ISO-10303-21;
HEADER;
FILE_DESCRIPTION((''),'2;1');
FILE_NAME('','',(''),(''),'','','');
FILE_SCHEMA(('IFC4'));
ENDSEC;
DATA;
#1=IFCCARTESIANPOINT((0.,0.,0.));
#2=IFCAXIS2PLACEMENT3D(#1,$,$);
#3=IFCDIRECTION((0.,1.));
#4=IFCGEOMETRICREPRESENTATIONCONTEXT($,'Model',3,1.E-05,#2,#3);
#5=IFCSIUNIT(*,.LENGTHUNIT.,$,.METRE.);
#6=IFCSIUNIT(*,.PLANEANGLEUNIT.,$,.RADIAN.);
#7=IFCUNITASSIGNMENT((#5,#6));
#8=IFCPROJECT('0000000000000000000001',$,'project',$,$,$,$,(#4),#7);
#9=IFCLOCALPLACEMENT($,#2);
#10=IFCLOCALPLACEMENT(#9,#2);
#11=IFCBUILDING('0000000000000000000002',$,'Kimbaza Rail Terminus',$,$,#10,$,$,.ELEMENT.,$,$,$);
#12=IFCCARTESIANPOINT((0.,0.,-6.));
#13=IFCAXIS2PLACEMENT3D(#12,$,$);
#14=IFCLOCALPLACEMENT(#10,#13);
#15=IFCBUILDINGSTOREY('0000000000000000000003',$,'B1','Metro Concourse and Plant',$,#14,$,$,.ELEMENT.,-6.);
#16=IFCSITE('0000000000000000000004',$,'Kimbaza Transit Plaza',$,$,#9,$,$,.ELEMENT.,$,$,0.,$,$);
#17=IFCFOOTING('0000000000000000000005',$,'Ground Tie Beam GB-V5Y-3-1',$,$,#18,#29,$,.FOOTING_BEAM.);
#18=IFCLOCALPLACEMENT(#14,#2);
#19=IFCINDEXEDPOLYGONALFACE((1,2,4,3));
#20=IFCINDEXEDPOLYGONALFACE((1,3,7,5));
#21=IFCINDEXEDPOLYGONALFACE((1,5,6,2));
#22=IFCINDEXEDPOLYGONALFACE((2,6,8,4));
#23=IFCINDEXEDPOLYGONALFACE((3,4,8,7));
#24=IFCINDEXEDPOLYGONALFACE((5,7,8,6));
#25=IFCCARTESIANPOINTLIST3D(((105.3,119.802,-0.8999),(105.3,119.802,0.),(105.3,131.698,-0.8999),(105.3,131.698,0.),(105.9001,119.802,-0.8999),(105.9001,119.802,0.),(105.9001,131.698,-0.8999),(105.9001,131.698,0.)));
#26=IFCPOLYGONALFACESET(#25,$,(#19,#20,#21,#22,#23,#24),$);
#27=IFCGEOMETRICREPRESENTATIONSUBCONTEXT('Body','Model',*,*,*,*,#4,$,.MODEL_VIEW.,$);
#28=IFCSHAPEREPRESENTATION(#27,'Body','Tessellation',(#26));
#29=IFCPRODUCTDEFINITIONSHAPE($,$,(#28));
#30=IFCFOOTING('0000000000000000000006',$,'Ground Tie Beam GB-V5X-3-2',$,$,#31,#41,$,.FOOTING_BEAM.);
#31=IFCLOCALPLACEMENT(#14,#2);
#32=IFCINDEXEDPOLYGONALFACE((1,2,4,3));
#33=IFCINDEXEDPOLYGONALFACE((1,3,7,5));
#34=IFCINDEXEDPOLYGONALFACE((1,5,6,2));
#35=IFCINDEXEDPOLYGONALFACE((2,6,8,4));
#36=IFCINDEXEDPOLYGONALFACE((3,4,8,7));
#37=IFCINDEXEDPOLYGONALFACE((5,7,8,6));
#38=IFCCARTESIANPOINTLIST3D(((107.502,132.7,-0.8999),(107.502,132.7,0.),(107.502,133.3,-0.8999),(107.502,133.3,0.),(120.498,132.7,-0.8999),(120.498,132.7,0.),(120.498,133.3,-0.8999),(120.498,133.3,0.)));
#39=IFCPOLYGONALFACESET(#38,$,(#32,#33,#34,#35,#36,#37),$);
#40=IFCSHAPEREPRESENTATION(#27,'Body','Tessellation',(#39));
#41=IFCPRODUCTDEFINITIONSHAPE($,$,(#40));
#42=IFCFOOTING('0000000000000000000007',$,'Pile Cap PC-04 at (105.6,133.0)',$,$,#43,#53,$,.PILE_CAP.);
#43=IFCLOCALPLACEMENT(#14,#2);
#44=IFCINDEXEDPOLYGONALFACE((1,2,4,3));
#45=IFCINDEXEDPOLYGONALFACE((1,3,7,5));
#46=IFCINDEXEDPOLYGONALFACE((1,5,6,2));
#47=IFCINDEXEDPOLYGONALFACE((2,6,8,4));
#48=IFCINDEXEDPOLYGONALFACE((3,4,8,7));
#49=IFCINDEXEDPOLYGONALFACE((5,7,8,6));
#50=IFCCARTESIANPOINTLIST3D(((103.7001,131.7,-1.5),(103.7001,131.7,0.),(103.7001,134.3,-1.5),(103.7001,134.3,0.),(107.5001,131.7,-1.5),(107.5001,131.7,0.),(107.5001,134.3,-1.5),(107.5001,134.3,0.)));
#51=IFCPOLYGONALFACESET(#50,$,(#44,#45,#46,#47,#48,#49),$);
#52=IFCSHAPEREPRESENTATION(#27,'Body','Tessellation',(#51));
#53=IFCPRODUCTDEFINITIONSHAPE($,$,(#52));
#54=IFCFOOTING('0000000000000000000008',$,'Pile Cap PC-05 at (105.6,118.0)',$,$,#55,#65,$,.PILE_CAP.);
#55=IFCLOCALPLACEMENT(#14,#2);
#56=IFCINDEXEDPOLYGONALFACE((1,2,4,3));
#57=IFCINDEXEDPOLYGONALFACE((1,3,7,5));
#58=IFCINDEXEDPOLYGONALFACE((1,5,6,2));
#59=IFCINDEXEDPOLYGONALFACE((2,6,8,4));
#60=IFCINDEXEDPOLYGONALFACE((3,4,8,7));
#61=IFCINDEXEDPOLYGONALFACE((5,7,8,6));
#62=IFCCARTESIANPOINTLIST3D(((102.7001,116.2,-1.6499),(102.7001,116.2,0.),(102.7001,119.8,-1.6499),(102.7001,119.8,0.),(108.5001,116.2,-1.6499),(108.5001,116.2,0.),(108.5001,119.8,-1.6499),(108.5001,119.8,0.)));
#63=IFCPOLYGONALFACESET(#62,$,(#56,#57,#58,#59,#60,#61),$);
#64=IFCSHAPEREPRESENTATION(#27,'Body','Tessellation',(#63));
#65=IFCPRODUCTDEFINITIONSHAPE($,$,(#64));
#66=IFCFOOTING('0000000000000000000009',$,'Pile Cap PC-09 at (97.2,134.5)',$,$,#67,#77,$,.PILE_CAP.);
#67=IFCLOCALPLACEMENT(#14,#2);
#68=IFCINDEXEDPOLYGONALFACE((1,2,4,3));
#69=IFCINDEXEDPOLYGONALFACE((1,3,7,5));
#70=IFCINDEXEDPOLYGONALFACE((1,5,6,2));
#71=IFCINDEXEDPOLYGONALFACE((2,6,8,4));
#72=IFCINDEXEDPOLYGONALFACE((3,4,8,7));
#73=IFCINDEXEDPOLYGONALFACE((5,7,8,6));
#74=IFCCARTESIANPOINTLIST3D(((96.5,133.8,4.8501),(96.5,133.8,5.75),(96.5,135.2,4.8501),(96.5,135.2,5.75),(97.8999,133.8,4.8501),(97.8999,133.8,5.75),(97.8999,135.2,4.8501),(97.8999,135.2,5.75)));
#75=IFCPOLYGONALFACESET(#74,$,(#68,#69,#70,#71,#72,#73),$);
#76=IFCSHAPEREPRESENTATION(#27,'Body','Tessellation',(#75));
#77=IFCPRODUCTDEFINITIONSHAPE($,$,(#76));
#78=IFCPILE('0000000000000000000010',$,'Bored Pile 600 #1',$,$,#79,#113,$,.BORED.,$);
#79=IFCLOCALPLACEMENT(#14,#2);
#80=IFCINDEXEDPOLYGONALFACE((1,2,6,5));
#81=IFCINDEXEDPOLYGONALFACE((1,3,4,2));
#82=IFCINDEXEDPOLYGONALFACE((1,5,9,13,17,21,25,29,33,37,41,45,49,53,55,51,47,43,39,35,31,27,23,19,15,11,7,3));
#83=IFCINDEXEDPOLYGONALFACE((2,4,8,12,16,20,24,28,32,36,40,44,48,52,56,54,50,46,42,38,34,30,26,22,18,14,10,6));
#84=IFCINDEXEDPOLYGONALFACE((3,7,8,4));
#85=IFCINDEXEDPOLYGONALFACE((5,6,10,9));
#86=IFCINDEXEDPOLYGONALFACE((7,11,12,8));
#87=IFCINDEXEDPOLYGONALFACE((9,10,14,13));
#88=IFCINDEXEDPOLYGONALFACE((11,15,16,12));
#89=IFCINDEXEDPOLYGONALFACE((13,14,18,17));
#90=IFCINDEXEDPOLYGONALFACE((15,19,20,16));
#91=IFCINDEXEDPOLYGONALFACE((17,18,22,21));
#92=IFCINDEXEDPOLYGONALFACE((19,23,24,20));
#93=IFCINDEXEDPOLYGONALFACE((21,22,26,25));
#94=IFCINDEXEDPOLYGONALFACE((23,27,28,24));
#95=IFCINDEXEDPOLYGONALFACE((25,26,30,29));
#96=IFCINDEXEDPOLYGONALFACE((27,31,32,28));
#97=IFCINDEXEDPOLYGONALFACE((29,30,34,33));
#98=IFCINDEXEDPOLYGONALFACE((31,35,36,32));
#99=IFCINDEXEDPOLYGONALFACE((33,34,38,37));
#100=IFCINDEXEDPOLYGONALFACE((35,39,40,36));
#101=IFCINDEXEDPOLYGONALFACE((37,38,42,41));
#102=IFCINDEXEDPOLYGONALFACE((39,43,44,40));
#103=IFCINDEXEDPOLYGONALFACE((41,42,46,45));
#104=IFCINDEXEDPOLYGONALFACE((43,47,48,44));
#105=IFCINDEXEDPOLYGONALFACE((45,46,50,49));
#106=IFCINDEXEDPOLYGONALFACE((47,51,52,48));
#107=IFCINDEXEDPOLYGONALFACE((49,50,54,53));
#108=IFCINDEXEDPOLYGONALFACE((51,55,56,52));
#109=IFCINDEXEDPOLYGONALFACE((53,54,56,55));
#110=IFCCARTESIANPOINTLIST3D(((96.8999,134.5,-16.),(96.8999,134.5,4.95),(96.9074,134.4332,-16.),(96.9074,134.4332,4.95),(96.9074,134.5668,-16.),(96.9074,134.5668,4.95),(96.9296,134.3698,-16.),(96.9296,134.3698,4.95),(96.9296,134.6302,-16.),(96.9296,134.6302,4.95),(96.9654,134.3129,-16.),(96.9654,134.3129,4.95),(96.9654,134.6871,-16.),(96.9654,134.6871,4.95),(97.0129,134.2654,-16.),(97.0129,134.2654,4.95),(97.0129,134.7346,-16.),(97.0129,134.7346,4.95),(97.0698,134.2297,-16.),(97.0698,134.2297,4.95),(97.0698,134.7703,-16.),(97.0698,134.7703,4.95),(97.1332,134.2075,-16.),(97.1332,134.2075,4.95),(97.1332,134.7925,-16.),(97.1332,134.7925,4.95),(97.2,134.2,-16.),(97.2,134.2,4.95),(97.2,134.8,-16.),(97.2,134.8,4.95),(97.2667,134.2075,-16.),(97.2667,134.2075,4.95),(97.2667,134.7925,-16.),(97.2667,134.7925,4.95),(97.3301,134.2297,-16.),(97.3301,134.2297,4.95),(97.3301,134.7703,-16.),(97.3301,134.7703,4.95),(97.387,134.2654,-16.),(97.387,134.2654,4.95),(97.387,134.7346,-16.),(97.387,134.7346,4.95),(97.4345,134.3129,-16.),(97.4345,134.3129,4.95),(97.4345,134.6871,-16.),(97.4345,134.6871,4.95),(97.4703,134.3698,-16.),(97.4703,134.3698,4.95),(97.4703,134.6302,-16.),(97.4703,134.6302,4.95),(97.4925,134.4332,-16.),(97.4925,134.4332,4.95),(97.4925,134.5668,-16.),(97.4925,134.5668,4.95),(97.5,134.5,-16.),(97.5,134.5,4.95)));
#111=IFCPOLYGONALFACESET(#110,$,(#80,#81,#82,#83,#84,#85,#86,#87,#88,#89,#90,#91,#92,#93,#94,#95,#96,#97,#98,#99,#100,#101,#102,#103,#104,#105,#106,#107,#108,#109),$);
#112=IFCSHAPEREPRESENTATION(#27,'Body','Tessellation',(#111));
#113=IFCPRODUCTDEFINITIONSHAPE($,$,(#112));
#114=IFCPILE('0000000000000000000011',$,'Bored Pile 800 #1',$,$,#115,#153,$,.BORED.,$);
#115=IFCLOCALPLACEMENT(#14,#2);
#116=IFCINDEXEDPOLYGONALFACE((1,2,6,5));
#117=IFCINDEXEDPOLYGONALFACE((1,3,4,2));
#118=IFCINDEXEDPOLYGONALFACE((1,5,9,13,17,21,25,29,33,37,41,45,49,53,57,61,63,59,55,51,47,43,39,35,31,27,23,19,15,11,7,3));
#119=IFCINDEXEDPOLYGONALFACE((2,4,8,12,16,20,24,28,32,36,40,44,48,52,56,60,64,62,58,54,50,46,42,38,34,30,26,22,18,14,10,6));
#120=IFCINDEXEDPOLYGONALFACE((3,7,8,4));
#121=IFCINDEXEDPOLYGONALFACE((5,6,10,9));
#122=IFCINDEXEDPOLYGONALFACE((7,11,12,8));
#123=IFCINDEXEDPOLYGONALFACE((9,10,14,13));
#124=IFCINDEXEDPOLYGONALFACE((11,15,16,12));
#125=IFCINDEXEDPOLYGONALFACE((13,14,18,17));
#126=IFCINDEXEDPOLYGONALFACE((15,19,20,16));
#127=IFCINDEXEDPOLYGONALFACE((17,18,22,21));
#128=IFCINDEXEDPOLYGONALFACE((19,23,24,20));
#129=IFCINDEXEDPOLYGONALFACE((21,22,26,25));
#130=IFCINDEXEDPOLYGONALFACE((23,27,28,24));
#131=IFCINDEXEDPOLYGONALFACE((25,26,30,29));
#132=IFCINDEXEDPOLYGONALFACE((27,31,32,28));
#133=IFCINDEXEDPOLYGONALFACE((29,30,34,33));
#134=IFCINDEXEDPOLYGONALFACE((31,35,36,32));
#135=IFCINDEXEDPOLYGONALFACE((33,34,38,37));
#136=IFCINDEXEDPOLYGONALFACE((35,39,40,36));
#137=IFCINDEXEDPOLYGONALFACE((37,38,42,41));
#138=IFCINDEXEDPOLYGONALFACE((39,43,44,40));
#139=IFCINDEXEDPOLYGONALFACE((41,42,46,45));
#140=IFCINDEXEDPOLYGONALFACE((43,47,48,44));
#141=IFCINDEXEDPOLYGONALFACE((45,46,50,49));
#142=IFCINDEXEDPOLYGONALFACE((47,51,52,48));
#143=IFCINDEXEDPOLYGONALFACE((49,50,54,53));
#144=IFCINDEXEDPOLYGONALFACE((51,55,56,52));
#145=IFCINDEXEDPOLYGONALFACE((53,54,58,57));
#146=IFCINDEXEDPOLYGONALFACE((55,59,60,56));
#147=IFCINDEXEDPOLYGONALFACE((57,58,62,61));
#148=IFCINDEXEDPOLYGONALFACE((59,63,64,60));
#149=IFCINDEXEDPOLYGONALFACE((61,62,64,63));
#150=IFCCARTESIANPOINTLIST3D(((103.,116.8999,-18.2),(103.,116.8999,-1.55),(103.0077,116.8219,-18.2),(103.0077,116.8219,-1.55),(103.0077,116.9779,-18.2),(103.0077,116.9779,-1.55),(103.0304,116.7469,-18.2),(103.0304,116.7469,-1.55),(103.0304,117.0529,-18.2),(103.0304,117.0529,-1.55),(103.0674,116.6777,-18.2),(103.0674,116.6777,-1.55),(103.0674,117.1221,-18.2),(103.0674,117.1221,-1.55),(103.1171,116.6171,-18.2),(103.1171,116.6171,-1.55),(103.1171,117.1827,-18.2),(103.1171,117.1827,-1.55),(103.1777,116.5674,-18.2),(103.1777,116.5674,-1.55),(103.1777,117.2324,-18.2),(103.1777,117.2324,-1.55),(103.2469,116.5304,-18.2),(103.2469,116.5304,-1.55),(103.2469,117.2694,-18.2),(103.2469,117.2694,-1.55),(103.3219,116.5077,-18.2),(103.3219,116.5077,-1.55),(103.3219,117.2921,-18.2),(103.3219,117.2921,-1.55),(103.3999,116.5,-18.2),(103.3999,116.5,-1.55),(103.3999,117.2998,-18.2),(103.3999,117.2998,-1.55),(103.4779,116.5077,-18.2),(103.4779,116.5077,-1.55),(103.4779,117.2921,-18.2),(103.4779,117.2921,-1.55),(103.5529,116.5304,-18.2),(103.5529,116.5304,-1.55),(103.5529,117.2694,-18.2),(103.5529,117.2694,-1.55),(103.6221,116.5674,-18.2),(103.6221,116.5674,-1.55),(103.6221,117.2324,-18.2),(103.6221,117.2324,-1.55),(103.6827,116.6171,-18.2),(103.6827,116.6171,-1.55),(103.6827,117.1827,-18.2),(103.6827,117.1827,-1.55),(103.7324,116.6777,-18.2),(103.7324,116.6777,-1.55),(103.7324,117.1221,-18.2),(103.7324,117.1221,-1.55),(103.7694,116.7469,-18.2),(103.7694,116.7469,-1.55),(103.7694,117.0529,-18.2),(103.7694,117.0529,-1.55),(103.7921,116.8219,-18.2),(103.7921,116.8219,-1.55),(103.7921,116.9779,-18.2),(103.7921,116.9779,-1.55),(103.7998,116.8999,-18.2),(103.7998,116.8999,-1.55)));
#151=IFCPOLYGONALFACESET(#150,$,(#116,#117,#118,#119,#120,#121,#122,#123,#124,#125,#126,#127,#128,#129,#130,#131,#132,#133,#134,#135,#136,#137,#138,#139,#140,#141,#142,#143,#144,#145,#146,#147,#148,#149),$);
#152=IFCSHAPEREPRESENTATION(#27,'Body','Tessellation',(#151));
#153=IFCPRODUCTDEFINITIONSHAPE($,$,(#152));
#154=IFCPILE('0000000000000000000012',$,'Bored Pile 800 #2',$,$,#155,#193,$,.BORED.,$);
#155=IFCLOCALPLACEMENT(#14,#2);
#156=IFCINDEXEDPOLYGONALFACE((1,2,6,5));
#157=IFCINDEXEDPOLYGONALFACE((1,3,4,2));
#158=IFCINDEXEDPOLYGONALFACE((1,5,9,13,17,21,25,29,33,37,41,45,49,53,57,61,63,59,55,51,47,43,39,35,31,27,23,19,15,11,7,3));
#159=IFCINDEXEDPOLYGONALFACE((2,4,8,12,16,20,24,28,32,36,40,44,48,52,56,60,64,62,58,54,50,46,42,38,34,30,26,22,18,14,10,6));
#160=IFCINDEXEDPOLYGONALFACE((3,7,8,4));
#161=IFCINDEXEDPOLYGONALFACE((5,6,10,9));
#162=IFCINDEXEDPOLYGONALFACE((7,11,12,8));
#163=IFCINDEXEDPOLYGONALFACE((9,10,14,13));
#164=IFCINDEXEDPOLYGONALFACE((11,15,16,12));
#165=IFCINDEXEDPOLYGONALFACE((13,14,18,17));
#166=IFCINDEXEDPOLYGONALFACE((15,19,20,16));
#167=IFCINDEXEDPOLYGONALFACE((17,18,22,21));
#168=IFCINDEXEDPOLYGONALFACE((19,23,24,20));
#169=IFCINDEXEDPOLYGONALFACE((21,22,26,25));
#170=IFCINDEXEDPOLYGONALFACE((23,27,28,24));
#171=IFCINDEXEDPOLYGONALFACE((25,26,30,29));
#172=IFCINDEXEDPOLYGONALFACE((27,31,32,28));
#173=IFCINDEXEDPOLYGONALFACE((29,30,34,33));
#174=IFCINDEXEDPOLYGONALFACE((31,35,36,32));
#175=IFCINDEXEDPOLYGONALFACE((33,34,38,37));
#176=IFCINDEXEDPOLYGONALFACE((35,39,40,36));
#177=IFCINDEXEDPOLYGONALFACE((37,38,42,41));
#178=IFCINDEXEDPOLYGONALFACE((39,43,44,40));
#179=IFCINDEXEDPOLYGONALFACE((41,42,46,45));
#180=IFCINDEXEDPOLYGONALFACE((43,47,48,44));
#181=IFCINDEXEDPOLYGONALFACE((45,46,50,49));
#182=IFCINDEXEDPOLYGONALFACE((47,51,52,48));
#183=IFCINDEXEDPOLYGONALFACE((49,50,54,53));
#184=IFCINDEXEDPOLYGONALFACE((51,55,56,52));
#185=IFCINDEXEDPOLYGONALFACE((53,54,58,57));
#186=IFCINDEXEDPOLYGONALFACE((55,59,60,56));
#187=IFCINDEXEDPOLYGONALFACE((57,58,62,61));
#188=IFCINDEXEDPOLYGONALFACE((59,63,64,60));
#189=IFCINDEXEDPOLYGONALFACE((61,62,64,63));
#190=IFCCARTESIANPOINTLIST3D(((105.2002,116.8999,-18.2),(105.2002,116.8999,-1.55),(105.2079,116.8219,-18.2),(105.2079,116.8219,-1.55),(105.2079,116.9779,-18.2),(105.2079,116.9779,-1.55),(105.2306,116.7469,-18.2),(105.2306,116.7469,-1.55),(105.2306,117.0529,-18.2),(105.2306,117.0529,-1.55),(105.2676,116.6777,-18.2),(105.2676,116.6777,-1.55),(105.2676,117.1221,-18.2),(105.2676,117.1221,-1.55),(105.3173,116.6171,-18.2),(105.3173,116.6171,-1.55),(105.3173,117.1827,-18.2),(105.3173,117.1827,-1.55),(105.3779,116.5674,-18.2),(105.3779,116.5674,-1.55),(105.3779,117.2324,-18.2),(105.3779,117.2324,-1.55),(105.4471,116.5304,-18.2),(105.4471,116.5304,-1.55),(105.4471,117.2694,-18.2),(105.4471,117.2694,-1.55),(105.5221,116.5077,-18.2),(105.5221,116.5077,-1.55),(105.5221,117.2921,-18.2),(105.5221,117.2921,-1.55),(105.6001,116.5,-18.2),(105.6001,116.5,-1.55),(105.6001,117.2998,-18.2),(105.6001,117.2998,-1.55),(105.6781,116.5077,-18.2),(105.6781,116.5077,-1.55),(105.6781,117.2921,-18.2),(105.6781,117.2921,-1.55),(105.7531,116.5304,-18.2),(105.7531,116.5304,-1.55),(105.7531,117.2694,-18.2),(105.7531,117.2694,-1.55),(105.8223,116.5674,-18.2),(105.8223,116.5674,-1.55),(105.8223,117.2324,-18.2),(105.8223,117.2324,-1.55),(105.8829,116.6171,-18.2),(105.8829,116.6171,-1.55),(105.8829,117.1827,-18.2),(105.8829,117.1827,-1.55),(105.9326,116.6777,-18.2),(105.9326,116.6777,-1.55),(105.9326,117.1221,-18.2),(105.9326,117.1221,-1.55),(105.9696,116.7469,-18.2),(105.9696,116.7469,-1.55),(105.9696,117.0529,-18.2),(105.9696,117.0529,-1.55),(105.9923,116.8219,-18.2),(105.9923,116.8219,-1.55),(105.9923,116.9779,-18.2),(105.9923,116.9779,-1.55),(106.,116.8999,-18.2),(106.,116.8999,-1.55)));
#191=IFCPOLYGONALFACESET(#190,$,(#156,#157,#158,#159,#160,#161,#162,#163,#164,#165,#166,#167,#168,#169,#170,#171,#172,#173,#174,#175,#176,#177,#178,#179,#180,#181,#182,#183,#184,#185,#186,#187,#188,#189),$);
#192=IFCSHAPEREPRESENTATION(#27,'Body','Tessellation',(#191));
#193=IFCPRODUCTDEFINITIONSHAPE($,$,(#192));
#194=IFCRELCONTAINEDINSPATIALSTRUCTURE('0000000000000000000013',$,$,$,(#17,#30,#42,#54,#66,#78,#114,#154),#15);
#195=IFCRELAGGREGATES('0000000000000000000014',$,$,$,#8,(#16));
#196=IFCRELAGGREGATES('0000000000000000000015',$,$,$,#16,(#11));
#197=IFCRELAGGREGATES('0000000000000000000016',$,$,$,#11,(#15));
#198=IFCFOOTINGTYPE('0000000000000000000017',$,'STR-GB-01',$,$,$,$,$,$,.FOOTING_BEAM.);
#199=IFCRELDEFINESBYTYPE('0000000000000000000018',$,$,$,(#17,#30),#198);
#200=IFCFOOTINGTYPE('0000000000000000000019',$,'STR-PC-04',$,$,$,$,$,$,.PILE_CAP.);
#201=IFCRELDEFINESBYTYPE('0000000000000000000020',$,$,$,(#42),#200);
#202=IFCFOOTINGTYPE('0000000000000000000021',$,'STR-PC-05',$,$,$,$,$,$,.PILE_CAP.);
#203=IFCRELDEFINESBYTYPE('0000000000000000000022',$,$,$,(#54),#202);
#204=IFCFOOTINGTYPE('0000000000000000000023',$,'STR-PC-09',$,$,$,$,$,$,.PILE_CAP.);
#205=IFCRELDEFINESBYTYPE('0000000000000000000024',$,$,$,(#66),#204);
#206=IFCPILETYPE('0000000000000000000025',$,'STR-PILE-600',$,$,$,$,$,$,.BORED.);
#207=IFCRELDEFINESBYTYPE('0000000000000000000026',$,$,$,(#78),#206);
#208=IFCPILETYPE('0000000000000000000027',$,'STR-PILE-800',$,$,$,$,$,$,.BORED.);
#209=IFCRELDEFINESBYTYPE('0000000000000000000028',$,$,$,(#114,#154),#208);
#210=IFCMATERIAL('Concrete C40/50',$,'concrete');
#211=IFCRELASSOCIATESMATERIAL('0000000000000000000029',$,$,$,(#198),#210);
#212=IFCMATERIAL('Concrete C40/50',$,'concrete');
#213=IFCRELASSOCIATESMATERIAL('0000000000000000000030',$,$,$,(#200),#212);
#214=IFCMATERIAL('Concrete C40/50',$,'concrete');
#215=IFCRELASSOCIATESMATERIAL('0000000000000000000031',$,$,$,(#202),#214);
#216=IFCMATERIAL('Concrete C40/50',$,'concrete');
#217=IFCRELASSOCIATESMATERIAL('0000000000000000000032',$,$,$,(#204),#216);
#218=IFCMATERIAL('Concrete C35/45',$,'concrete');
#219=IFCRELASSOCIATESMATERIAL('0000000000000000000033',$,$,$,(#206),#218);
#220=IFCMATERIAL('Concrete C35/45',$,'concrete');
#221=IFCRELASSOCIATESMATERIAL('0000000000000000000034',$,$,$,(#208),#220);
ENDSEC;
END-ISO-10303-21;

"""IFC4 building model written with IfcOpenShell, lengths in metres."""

from ifc_helpers import new_model, si_unit, direction, frame, origin, origin_2d, place, context, subcontext, project, spatial, rectangle, circle, extrude, material, material_profile, profile_set, type_object, element, save


model = new_model("IFC4")

# Units and contexts
model_context = context("Model", 3, precision=1e-05, world=origin(), true_north=direction((0.0, 1.0)))
body_context = subcontext(model_context, "Body", "Model", "MODEL_VIEW")
ifc_project = project(units=[si_unit("LENGTHUNIT", "METRE"), si_unit("PLANEANGLEUNIT", "RADIAN")], contexts=[model_context])

# Site, building, storey
site_placement = place(None, origin())
site = spatial("IfcSite", under=ifc_project, at=site_placement, Name="Kimbaza Transit Plaza", CompositionType="ELEMENT", RefElevation=0.0)
building_placement = place(site_placement, origin())
building = spatial("IfcBuilding", under=site, at=building_placement, Name="Kimbaza Rail Terminus", CompositionType="ELEMENT")
storey_placement = place(building_placement, frame((0.0, 0.0, -6.0)))
storey = spatial("IfcBuildingStorey", under=building, at=storey_placement, Name="B1", Description="Metro Concourse and Plant", CompositionType="ELEMENT", Elevation=-6.0)

# Footings
ifc_material_1 = material(Name="Concrete C40/50", Category="concrete")
ifc_material_profile_1 = material_profile(ifc_material_1, rectangle(XDim=0.6001, YDim=0.8999, at=origin_2d()), Name="GB-01 600x900")
ifc_profile_set_1 = profile_set([ifc_material_profile_1], Name="Concrete C40/50")
footing_type_1 = type_object("IfcFootingType", Name="STR-GB-01", PredefinedType="FOOTING_BEAM", material=ifc_profile_set_1)
footing_1_placement = place(storey_placement, frame((105.6001, 119.802, -0.45), z_axis=(0.0, 1.0, 0.0), x_axis=(-1.0, 0.0, 0.0)))
element("IfcFooting", 1, at=footing_1_placement, inside=storey, type_object=footing_type_1, Name="Ground Tie Beam GB-V5Y-3-1", PredefinedType="FOOTING_BEAM", context=body_context, shape_type="SweptSolid", body=[
    extrude(rectangle(XDim=0.6001, YDim=0.8999, at=origin_2d()), origin(), (0.0, 0.0, 1.0), 11.896),
])
footing_2_placement = place(storey_placement, frame((107.502, 133.0, -0.45), z_axis=(1.0, 0.0, 0.0), x_axis=(0.0, 1.0, 0.0)))
element("IfcFooting", 2, at=footing_2_placement, inside=storey, type_object=footing_type_1, Name="Ground Tie Beam GB-V5X-3-2", PredefinedType="FOOTING_BEAM", context=body_context, shape_type="SweptSolid", body=[
    extrude(rectangle(XDim=0.6001, YDim=0.8999, at=origin_2d()), origin(), (0.0, 0.0, 1.0), 12.9961),
])
ifc_material_2 = material(Name="Concrete C40/50", Category="concrete")
footing_type_2 = type_object("IfcFootingType", Name="STR-PC-04", PredefinedType="PILE_CAP", material=ifc_material_2)
footing_3_placement = place(storey_placement, frame((105.6001, 133.0, -1.5), z_axis=(0.0, 0.0, 1.0), x_axis=(1.0, 0.0, 0.0)))
element("IfcFooting", 3, at=footing_3_placement, inside=storey, type_object=footing_type_2, Name="Pile Cap PC-04 at (105.6,133.0)", PredefinedType="PILE_CAP", context=body_context, shape_type="SweptSolid", body=[
    extrude(rectangle(XDim=3.8, YDim=2.6001, at=origin_2d()), origin(), (0.0, 0.0, 1.0), 1.5),
])
ifc_material_3 = material(Name="Concrete C40/50", Category="concrete")
footing_type_3 = type_object("IfcFootingType", Name="STR-PC-05", PredefinedType="PILE_CAP", material=ifc_material_3)
footing_4_placement = place(storey_placement, frame((105.6001, 118.0, -1.6499), z_axis=(0.0, 0.0, 1.0), x_axis=(1.0, 0.0, 0.0)))
element("IfcFooting", 4, at=footing_4_placement, inside=storey, type_object=footing_type_3, Name="Pile Cap PC-05 at (105.6,118.0)", PredefinedType="PILE_CAP", context=body_context, shape_type="SweptSolid", body=[
    extrude(rectangle(XDim=5.8, YDim=3.6001, at=origin_2d()), origin(), (0.0, 0.0, 1.0), 1.6499),
])
ifc_material_4 = material(Name="Concrete C40/50", Category="concrete")
footing_type_4 = type_object("IfcFootingType", Name="STR-PC-09", PredefinedType="PILE_CAP", material=ifc_material_4)
footing_5_placement = place(storey_placement, frame((97.2, 134.5, 4.8501), z_axis=(0.0, 0.0, 1.0), x_axis=(1.0, 0.0, 0.0)))
element("IfcFooting", 5, at=footing_5_placement, inside=storey, type_object=footing_type_4, Name="Pile Cap PC-09 at (97.2,134.5)", PredefinedType="PILE_CAP", context=body_context, shape_type="SweptSolid", body=[
    extrude(rectangle(XDim=1.3999, YDim=1.3999, at=origin_2d()), origin(), (0.0, 0.0, 1.0), 0.8999),
])

# Piles
ifc_material_5 = material(Name="Concrete C35/45", Category="concrete")
ifc_material_profile_2 = material_profile(ifc_material_5, circle(Radius=0.3, at=origin_2d()), Name="BORED PILE 600")
ifc_profile_set_2 = profile_set([ifc_material_profile_2], Name="Concrete C35/45")
pile_type_1 = type_object("IfcPileType", Name="STR-PILE-600", PredefinedType="BORED", material=ifc_profile_set_2)
pile_placement = place(storey_placement, frame((97.2, 134.5, 4.95), z_axis=(0.0, 0.0, -1.0), x_axis=(1.0, 0.0, 0.0)))
element("IfcPile", 6, at=pile_placement, inside=storey, type_object=pile_type_1, Name="Bored Pile 600 #1", PredefinedType="BORED", context=body_context, shape_type="SweptSolid", body=[
    extrude(circle(Radius=0.3, at=origin_2d()), origin(), (0.0, 0.0, 1.0), 20.95),
])
ifc_material_6 = material(Name="Concrete C35/45", Category="concrete")
ifc_material_profile_3 = material_profile(ifc_material_6, circle(Radius=0.3999, at=origin_2d()), Name="BORED PILE 800")
ifc_profile_set_3 = profile_set([ifc_material_profile_3], Name="Concrete C35/45")
pile_type_2 = type_object("IfcPileType", Name="STR-PILE-800", PredefinedType="BORED", material=ifc_profile_set_3)
for number, where, z_axis, x_axis, name in (
    (7, (103.3999, 116.8999, -1.55), (0.0, 0.0, -1.0), (1.0, 0.0, 0.0), "Bored Pile 800 #1"),
    (8, (105.6001, 116.8999, -1.55), (0.0, 0.0, -1.0), (1.0, 0.0, 0.0), "Bored Pile 800 #2"),
):
    element("IfcPile", number, at=place(storey_placement, frame(where, z_axis=z_axis, x_axis=x_axis)), inside=storey, type_object=pile_type_2, Name=name, PredefinedType="BORED", context=body_context, shape_type="SweptSolid", body=[
        extrude(circle(Radius=0.3999, at=origin_2d()), origin(), (0.0, 0.0, 1.0), 16.6499),
    ])

save(model, "model.ifc")
